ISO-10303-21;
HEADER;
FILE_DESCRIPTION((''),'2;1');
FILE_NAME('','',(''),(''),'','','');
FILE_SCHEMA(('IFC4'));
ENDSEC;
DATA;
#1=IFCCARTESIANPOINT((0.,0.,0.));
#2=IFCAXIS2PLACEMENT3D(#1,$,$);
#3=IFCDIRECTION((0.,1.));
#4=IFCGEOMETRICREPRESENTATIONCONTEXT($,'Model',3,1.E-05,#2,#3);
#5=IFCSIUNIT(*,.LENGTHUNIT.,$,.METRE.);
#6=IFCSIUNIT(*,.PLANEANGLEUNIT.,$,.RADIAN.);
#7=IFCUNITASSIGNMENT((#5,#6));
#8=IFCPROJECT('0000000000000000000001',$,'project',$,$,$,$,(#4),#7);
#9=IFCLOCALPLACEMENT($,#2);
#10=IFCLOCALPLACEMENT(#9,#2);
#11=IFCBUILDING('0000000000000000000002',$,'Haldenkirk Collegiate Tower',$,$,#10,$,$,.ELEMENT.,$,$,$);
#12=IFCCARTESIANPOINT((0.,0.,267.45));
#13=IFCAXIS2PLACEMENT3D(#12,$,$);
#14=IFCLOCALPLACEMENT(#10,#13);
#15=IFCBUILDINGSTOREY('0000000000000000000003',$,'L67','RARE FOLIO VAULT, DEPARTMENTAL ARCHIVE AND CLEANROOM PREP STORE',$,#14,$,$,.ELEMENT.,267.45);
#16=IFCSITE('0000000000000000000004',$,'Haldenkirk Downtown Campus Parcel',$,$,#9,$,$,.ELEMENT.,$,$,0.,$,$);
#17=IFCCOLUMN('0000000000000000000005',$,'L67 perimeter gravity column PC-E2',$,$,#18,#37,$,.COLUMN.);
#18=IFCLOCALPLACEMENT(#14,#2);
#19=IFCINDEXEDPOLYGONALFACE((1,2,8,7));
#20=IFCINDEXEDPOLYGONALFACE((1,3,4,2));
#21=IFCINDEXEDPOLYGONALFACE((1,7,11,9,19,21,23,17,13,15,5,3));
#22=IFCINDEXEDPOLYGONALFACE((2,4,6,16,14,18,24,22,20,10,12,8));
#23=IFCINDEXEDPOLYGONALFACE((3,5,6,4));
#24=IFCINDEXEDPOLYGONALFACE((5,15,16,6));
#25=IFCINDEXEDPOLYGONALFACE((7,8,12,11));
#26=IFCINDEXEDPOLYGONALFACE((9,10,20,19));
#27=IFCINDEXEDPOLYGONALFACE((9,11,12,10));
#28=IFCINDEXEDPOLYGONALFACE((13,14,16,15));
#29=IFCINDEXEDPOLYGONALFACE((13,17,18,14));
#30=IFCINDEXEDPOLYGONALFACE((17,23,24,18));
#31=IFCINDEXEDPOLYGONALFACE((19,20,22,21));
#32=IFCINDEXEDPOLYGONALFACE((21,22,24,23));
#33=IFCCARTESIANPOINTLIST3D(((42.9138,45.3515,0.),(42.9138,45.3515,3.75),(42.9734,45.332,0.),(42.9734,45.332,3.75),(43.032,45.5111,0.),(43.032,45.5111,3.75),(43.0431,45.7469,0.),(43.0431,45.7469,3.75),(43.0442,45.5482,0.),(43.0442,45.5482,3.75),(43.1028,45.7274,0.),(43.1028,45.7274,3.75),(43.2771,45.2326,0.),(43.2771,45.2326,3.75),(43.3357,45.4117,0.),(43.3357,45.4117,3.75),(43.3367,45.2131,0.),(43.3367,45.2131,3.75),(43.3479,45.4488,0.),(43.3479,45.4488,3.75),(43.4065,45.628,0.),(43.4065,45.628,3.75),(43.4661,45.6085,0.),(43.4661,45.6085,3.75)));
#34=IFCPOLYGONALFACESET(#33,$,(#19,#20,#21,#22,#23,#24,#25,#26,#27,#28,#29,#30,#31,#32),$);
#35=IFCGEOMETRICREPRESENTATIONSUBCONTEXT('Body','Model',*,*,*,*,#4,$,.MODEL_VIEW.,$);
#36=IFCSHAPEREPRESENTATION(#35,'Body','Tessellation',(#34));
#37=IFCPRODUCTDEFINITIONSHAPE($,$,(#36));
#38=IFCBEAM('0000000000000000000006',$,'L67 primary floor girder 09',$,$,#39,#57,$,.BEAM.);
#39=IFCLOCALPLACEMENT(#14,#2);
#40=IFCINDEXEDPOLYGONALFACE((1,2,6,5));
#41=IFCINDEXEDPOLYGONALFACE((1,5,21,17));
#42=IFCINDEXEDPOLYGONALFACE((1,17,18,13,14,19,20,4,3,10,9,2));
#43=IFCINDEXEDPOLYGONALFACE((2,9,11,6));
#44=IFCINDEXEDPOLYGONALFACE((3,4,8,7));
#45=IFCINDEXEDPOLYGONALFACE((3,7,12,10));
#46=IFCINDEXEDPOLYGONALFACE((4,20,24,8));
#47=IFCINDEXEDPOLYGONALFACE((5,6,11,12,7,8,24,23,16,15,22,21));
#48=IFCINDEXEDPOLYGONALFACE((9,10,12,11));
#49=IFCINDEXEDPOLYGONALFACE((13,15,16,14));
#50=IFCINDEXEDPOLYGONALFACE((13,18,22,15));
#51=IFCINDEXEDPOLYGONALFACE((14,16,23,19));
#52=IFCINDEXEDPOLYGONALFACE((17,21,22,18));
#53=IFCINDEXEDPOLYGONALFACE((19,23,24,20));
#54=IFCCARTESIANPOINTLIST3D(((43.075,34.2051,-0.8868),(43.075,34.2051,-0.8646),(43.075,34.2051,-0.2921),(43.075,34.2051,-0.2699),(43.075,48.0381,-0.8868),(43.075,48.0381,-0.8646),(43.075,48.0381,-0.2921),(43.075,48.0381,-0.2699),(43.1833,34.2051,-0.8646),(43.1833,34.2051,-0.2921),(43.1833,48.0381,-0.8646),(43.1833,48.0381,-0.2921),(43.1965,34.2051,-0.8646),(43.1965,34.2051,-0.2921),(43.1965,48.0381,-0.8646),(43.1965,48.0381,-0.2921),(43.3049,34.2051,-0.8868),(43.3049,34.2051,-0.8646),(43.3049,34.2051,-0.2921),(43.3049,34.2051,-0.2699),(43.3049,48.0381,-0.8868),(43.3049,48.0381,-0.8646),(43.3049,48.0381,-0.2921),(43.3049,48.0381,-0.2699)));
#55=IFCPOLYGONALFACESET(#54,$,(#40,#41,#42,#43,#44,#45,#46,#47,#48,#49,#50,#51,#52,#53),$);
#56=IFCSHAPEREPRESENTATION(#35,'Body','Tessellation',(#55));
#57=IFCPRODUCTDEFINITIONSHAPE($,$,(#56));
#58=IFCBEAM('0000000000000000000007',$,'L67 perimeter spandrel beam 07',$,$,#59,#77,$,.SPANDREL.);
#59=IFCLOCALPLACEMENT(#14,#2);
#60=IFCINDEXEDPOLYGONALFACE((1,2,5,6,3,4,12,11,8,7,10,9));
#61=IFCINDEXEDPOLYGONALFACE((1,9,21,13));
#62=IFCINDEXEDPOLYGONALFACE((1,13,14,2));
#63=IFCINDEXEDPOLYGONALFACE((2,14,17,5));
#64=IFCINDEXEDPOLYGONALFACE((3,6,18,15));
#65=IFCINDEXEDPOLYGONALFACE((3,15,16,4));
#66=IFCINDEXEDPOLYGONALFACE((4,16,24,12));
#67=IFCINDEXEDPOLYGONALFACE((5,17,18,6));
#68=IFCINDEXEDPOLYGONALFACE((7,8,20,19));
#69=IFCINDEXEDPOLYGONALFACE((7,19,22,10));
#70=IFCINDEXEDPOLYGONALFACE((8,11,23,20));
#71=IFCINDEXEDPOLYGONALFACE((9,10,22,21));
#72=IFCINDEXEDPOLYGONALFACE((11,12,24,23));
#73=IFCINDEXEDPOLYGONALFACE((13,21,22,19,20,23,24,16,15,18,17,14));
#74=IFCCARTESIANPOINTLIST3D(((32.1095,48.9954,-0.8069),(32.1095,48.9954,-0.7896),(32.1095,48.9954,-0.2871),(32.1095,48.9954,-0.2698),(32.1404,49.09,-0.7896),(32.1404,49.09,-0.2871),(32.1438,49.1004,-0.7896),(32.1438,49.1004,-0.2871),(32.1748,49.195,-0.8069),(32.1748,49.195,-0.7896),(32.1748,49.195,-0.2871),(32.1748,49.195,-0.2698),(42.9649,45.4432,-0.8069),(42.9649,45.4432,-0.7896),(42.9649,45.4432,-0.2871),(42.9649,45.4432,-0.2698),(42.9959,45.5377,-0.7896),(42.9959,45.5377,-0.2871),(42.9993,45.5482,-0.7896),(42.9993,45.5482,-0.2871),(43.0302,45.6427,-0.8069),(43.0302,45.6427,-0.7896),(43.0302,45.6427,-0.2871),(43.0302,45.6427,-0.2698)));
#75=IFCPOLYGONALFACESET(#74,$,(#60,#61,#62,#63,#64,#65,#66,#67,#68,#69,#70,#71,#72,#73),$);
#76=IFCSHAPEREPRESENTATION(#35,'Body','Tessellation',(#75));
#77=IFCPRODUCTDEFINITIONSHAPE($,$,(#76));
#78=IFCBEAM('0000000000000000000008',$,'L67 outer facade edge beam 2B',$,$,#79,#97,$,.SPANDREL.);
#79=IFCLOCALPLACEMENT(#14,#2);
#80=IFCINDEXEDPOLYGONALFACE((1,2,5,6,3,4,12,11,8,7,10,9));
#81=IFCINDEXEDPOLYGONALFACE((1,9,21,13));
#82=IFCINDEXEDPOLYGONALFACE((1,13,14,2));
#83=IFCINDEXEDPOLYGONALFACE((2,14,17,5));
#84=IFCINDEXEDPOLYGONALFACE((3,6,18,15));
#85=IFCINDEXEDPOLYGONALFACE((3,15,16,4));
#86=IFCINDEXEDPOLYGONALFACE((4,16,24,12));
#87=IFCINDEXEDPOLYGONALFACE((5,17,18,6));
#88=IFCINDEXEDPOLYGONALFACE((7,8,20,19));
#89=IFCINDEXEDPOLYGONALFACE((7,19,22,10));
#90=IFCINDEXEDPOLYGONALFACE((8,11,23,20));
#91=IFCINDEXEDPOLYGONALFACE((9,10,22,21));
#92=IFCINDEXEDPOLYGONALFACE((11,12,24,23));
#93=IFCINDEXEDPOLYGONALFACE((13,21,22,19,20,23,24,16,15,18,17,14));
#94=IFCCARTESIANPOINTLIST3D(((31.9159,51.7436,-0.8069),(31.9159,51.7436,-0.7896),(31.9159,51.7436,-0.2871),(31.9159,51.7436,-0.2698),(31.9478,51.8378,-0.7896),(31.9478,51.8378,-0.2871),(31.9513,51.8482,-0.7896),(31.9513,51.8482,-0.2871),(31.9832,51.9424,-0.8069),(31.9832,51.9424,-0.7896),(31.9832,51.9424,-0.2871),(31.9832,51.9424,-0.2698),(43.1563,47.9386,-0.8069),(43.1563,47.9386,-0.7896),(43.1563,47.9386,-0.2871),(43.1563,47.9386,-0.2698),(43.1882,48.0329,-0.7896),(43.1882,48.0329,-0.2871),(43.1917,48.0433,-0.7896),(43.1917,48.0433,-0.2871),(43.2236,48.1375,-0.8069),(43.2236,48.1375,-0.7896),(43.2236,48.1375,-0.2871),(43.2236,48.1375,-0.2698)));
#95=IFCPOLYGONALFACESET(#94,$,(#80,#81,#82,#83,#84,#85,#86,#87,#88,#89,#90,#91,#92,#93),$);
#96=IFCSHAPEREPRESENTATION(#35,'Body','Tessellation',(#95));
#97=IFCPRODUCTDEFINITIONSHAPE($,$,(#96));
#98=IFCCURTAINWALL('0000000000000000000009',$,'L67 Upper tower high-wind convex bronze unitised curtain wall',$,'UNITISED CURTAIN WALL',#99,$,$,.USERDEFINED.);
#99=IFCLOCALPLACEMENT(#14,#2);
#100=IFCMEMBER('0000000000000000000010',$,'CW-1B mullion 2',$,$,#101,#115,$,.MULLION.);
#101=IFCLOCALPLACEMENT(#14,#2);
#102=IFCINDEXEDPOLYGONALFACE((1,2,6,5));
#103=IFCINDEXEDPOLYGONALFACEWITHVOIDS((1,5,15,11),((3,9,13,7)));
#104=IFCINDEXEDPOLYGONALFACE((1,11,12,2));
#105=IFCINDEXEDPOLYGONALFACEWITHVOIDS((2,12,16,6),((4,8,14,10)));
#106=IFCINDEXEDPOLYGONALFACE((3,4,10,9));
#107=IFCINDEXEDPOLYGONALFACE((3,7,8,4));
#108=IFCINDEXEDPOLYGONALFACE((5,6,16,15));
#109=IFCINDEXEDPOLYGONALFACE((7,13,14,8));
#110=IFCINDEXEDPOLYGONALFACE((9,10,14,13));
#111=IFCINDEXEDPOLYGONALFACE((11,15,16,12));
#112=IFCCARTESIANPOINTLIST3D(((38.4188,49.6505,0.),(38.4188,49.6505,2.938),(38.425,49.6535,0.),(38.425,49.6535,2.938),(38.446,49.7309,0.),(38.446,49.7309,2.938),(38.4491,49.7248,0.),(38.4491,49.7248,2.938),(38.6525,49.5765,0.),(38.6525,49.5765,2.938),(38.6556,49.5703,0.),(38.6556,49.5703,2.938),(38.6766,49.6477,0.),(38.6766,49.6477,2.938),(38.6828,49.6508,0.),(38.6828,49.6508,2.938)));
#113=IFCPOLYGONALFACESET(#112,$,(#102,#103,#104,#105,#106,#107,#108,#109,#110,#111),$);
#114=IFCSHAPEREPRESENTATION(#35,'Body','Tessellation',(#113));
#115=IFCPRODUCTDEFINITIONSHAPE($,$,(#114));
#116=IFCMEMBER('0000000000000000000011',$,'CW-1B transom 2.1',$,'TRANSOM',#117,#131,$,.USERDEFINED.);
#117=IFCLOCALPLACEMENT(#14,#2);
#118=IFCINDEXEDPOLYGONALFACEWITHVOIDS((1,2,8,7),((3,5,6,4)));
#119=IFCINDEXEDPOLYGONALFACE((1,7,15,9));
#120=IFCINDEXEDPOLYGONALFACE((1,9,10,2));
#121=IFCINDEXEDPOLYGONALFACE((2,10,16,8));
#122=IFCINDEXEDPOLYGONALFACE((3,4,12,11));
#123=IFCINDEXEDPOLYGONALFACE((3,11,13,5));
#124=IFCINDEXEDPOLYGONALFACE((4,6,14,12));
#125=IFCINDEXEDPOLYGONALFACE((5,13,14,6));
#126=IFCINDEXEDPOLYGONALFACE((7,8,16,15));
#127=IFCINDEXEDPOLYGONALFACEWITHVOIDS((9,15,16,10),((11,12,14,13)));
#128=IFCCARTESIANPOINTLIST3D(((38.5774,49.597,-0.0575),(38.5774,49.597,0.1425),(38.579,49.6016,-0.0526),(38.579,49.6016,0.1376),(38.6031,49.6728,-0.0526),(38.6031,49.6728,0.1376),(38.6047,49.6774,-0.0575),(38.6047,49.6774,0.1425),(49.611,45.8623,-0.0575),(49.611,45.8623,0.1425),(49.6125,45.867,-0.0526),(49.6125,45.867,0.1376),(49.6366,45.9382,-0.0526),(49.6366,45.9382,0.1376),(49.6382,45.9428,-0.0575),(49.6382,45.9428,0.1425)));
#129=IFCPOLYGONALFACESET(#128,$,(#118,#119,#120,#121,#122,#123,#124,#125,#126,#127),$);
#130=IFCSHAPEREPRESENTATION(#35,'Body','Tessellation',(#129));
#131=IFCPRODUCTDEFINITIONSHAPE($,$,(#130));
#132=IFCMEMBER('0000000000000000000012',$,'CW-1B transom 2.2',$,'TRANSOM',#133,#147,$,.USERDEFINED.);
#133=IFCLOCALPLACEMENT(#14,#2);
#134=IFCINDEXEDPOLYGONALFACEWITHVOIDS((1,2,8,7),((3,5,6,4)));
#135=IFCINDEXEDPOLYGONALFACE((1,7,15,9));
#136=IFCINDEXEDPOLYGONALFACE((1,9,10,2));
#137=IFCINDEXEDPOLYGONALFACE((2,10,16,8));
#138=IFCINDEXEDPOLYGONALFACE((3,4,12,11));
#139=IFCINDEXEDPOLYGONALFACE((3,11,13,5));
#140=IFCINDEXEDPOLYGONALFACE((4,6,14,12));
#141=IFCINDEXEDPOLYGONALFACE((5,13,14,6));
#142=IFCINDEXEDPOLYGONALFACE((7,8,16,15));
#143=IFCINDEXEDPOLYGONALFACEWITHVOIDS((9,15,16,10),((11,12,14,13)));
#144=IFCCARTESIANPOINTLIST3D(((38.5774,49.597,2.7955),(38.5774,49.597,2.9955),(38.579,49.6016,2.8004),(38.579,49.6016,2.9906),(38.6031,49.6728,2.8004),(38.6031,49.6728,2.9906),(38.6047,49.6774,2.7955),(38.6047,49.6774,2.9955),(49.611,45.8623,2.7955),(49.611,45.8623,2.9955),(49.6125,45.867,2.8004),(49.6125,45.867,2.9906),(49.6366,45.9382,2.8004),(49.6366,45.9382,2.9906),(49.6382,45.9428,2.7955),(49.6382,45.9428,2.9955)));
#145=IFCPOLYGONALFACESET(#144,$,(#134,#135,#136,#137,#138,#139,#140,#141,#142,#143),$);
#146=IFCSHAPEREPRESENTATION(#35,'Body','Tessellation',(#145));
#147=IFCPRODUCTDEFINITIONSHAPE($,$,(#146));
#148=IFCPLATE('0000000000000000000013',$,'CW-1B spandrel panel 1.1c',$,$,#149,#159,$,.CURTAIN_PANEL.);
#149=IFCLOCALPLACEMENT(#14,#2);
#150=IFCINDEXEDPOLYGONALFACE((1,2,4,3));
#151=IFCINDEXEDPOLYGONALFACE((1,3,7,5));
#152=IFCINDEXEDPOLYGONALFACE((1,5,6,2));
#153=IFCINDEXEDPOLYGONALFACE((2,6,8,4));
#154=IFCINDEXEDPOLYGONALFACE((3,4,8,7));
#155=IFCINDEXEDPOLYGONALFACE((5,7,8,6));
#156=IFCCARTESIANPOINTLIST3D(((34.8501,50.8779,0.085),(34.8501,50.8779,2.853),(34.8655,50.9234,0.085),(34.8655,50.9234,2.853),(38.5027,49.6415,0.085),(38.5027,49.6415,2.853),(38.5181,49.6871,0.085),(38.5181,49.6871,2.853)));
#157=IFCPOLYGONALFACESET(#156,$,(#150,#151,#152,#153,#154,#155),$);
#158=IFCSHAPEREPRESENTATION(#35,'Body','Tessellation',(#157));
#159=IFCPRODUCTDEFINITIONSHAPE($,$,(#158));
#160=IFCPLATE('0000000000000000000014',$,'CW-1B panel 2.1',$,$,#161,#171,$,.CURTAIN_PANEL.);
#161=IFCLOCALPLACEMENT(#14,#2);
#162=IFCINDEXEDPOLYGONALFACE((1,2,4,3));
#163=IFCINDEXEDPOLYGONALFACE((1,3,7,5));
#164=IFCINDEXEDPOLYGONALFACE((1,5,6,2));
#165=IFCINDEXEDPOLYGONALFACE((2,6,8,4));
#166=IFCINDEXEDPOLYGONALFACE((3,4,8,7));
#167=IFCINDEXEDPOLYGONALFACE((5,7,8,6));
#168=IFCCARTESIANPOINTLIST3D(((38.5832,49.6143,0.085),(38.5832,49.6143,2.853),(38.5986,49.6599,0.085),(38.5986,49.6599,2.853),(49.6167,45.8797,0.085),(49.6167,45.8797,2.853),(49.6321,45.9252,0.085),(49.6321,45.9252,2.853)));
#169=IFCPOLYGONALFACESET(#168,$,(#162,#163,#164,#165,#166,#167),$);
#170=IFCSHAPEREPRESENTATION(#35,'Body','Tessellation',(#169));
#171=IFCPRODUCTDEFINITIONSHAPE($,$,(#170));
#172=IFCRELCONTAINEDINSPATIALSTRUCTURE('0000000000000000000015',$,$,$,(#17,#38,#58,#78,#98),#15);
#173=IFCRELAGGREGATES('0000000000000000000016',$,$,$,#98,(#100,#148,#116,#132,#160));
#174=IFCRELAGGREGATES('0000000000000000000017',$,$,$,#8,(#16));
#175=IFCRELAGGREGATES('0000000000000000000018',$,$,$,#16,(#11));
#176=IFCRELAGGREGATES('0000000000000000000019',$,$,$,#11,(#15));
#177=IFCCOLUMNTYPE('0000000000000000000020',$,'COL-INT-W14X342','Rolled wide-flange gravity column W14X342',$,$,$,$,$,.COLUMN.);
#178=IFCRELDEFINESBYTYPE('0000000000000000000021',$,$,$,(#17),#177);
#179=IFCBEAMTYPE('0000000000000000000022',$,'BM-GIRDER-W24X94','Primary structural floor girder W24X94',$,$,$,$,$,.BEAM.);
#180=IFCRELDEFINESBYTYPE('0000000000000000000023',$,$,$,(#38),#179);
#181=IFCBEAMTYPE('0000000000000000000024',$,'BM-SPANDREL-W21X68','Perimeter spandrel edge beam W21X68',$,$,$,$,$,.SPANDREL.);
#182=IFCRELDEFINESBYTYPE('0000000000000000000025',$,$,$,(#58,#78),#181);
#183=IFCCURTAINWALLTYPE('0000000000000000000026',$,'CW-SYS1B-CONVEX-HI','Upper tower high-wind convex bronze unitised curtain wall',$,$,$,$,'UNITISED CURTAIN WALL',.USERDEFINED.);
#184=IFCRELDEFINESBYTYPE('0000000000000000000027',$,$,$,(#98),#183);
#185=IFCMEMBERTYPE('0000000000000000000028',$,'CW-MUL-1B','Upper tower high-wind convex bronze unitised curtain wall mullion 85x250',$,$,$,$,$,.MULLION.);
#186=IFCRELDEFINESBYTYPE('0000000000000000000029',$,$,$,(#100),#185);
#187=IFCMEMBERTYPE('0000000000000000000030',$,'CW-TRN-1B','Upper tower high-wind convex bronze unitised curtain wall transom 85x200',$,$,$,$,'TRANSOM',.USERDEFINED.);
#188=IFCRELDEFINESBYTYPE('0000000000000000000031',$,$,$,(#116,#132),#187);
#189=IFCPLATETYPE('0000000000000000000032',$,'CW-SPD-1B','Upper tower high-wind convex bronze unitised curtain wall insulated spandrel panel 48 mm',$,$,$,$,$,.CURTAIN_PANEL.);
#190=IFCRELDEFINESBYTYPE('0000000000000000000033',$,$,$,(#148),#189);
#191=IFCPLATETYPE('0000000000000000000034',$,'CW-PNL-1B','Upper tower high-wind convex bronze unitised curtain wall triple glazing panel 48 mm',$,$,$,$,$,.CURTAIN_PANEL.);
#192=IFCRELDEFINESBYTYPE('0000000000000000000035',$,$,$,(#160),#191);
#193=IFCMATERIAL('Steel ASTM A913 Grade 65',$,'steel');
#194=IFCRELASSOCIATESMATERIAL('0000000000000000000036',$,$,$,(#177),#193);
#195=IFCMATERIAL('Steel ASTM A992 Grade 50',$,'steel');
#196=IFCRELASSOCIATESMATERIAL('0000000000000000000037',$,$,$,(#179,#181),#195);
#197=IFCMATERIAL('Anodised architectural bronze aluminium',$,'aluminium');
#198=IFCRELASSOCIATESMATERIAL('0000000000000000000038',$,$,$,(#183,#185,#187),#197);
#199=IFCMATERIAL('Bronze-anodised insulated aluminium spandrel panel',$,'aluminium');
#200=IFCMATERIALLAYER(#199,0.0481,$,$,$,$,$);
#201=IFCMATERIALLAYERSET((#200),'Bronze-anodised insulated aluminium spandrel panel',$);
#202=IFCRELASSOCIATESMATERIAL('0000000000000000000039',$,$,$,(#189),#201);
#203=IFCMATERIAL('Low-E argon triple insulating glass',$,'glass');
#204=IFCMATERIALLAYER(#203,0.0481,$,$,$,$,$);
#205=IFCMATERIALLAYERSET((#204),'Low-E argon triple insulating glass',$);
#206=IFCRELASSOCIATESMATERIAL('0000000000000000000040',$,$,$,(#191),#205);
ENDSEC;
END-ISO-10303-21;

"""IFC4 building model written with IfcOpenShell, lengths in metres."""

from ifc_helpers import new_model, si_unit, direction, frame, origin, origin_2d, place, context, subcontext, project, spatial, rectangle, hollow_rectangle, i_section, extrude, source, transform, mapped, material, layer, layer_set, material_profile, profile_set, type_object, element, aggregate, save


model = new_model("IFC4")

# Units and contexts
model_context = context("Model", 3, precision=1e-05, world=origin(), true_north=direction((0.0, 1.0)))
body_context = subcontext(model_context, "Body", "Model", "MODEL_VIEW")
ifc_project = project(units=[si_unit("LENGTHUNIT", "METRE"), si_unit("PLANEANGLEUNIT", "RADIAN")], contexts=[model_context])

# Site, building, storey
site_placement = place(None, origin())
site = spatial("IfcSite", under=ifc_project, at=site_placement, Name="Haldenkirk Downtown Campus Parcel", CompositionType="ELEMENT", RefElevation=0.0)
building_placement = place(site_placement, origin())
building = spatial("IfcBuilding", under=site, at=building_placement, Name="Haldenkirk Collegiate Tower", CompositionType="ELEMENT")
storey_placement = place(building_placement, frame((0.0, 0.0, 267.45)))
storey = spatial("IfcBuildingStorey", under=building, at=storey_placement, Name="L67", Description="RARE FOLIO VAULT, DEPARTMENTAL ARCHIVE AND CLEANROOM PREP STORE", CompositionType="ELEMENT", Elevation=267.45)

# Column
ifc_material_1 = material(Name="Steel ASTM A913 Grade 65", Category="steel")
ifc_material_profile_1 = material_profile(ifc_material_1, i_section(OverallWidth=0.416, OverallDepth=0.4451, WebThickness=0.0391, FlangeThickness=0.0627, at=origin_2d()), Name="W14X342")
ifc_profile_set_1 = profile_set([ifc_material_profile_1], Name="Steel ASTM A913 Grade 65")
column_type = type_object("IfcColumnType", Name="COL-INT-W14X342", Description="Rolled wide-flange gravity column W14X342", PredefinedType="COLUMN", material=ifc_profile_set_1)
column_placement = place(storey_placement, frame((43.1899, 45.48, 0.0), z_axis=(0.0, 0.0, 1.0), x_axis=(0.311008, 0.950407, 0.0)))
element("IfcColumn", 1, at=column_placement, inside=storey, type_object=column_type, Name="L67 perimeter gravity column PC-E2", PredefinedType="COLUMN", context=body_context, shape_type="SweptSolid", body=[
    extrude(i_section(OverallWidth=0.416, OverallDepth=0.4451, WebThickness=0.0391, FlangeThickness=0.0627, at=origin_2d()), origin(), (0.0, 0.0, 1.0), 3.75),
])

# Beams
ifc_material_2 = material(Name="Steel ASTM A992 Grade 50", Category="steel")
ifc_material_profile_2 = material_profile(ifc_material_2, i_section(OverallWidth=0.23, OverallDepth=0.6169, WebThickness=0.0132, FlangeThickness=0.0222, at=origin_2d()), Name="W24X94")
ifc_profile_set_2 = profile_set([ifc_material_profile_2], Name="Steel ASTM A992 Grade 50")
beam_type_1 = type_object("IfcBeamType", Name="BM-GIRDER-W24X94", Description="Primary structural floor girder W24X94", PredefinedType="BEAM", material=ifc_profile_set_2)
beam_1_placement = place(storey_placement, frame((43.1899, 48.0381, -0.5784), z_axis=(0.0, -1.0, 0.0), x_axis=(1.0, 0.0, 0.0)))
element("IfcBeam", 2, at=beam_1_placement, inside=storey, type_object=beam_type_1, Name="L67 primary floor girder 09", PredefinedType="BEAM", context=body_context, shape_type="SweptSolid", body=[
    extrude(i_section(OverallWidth=0.23, OverallDepth=0.6169, WebThickness=0.0132, FlangeThickness=0.0222, at=origin_2d()), origin(), (0.0, 0.0, 1.0), 13.833),
])
ifc_material_profile_3 = material_profile(ifc_material_2, i_section(OverallWidth=0.21, OverallDepth=0.5371, WebThickness=0.011, FlangeThickness=0.0173, at=origin_2d()), Name="W21X68")
ifc_profile_set_3 = profile_set([ifc_material_profile_3], Name="Steel ASTM A992 Grade 50")
beam_type_2 = type_object("IfcBeamType", Name="BM-SPANDREL-W21X68", Description="Perimeter spandrel edge beam W21X68", PredefinedType="SPANDREL", material=ifc_profile_set_3)
beam_2_placement = place(storey_placement, frame((42.9976, 45.543, -0.5383), z_axis=(-0.950409, 0.311003, 0.0), x_axis=(-0.311003, -0.950409, 0.0)))
element("IfcBeam", 3, at=beam_2_placement, inside=storey, type_object=beam_type_2, Name="L67 perimeter spandrel beam 07", PredefinedType="SPANDREL", context=body_context, shape_type="SweptSolid", body=[
    extrude(i_section(OverallWidth=0.21, OverallDepth=0.5371, WebThickness=0.011, FlangeThickness=0.0173, at=origin_2d()), origin(), (0.0, 0.0, 1.0), 11.4219),
])
beam_3_placement = place(storey_placement, frame((43.1899, 48.0381, -0.5383), z_axis=(-0.947204, 0.320631, 0.0), x_axis=(-0.320631, -0.947204, 0.0)))
element("IfcBeam", 4, at=beam_3_placement, inside=storey, type_object=beam_type_2, Name="L67 outer facade edge beam 2B", PredefinedType="SPANDREL", context=body_context, shape_type="SweptSolid", body=[
    extrude(i_section(OverallWidth=0.21, OverallDepth=0.5371, WebThickness=0.011, FlangeThickness=0.0173, at=origin_2d()), origin(), (0.0, 0.0, 1.0), 11.8669),
])

# Curtain wall, members, plates
ifc_material_3 = material(Name="Anodised architectural bronze aluminium", Category="aluminium")
curtain_wall_type = type_object("IfcCurtainWallType", Name="CW-SYS1B-CONVEX-HI", Description="Upper tower high-wind convex bronze unitised curtain wall", ElementType="UNITISED CURTAIN WALL", PredefinedType="USERDEFINED", material=ifc_material_3)
curtain_wall_placement = place(storey_placement, origin())
curtain_wall = element("IfcCurtainWall", 5, at=curtain_wall_placement, inside=storey, type_object=curtain_wall_type, Name="L67 Upper tower high-wind convex bronze unitised curtain wall", ObjectType="UNITISED CURTAIN WALL", PredefinedType="USERDEFINED")
ifc_material_profile_4 = material_profile(ifc_material_3, hollow_rectangle(XDim=0.085, YDim=0.25, WallThickness=0.0049, at=origin_2d()), Name="CW-MUL-1B")
ifc_profile_set_4 = profile_set([ifc_material_profile_4], Name="Anodised architectural bronze aluminium")
member_type_1 = type_object("IfcMemberType", Name="CW-MUL-1B", Description="Upper tower high-wind convex bronze unitised curtain wall mullion 85x250", PredefinedType="MULLION", material=ifc_profile_set_4)
member_1_placement = place(storey_placement, frame((38.5508, 49.6506, 0.0), z_axis=(0.0, 0.0, 1.0), x_axis=(0.320614, 0.94721, 0.0)))
member_1 = element("IfcMember", 6, at=member_1_placement, type_object=member_type_1, Name="CW-1B mullion 2", PredefinedType="MULLION", context=body_context, shape_type="SweptSolid", body=[
    extrude(hollow_rectangle(XDim=0.085, YDim=0.25, WallThickness=0.0049, at=origin_2d()), origin(), (0.0, 0.0, 1.0), 2.938),
])
ifc_material_profile_5 = material_profile(ifc_material_3, hollow_rectangle(XDim=0.085, YDim=0.2, WallThickness=0.0049, at=origin_2d()), Name="CW-TRN-1B")
ifc_profile_set_5 = profile_set([ifc_material_profile_5], Name="Anodised architectural bronze aluminium")
member_type_2 = type_object("IfcMemberType", Name="CW-TRN-1B", Description="Upper tower high-wind convex bronze unitised curtain wall transom 85x200", ElementType="TRANSOM", PredefinedType="USERDEFINED", material=ifc_profile_set_5)
member_2_placement = place(storey_placement, frame((38.5911, 49.6372, 0.0425), z_axis=(0.94721, -0.320613, 0.0), x_axis=(0.320613, 0.94721, 0.0)))
member_2 = element("IfcMember", 7, at=member_2_placement, type_object=member_type_2, Name="CW-1B transom 2.1", ObjectType="TRANSOM", PredefinedType="USERDEFINED", context=body_context, shape_type="SweptSolid", body=[
    extrude(hollow_rectangle(XDim=0.085, YDim=0.2, WallThickness=0.0049, at=origin_2d()), origin(), (0.0, 0.0, 1.0), 11.6484),
])
member_3_placement = place(storey_placement, frame((38.5911, 49.6372, 2.8955), z_axis=(0.94721, -0.320613, 0.0), x_axis=(0.320613, 0.94721, 0.0)))
member_3 = element("IfcMember", 8, at=member_3_placement, type_object=member_type_2, Name="CW-1B transom 2.2", ObjectType="TRANSOM", PredefinedType="USERDEFINED", context=body_context, shape_type="SweptSolid", body=[
    extrude(hollow_rectangle(XDim=0.085, YDim=0.2, WallThickness=0.0049, at=origin_2d()), origin(), (0.0, 0.0, 1.0), 11.6484),
])
ifc_material_4 = material(Name="Bronze-anodised insulated aluminium spandrel panel", Category="aluminium")
ifc_layer_1 = layer(ifc_material_4, 0.0481)
ifc_layer_set_1 = layer_set([ifc_layer_1], Name="Bronze-anodised insulated aluminium spandrel panel")
plate_type_1 = type_object("IfcPlateType", Name="CW-SPD-1B", Description="Upper tower high-wind convex bronze unitised curtain wall insulated spandrel panel 48 mm", PredefinedType="CURTAIN_PANEL", material=ifc_layer_set_1)
shared_shape_1 = source(origin(), body_context, "Body", "SweptSolid", [
    extrude(rectangle(XDim=3.8562, YDim=0.0481, at=origin_2d()), origin(), (0.0, 0.0, 1.0), 2.7681),
])
plate_1_placement = place(storey_placement, frame((36.6841, 50.2825, 0.085), z_axis=(0.0, 0.0, 1.0), x_axis=(0.94721, -0.320614, 0.0)))
plate_1 = element("IfcPlate", 9, at=plate_1_placement, type_object=plate_type_1, Name="CW-1B spandrel panel 1.1c", PredefinedType="CURTAIN_PANEL", context=body_context, shape_type="MappedRepresentation", body=[
    mapped(shared_shape_1, transform((0.0, 0.0, 0.0), x_axis=(1.0, 0.0, 0.0), y_axis=(0.0, 1.0, 0.0), z_axis=(0.0, 0.0, 1.0), scale=1.0)),
])
ifc_material_5 = material(Name="Low-E argon triple insulating glass", Category="glass")
ifc_layer_2 = layer(ifc_material_5, 0.0481)
ifc_layer_set_2 = layer_set([ifc_layer_2], Name="Low-E argon triple insulating glass")
plate_type_2 = type_object("IfcPlateType", Name="CW-PNL-1B", Description="Upper tower high-wind convex bronze unitised curtain wall triple glazing panel 48 mm", PredefinedType="CURTAIN_PANEL", material=ifc_layer_set_2)
shared_shape_2 = source(origin(), body_context, "Body", "SweptSolid", [
    extrude(rectangle(XDim=11.6484, YDim=0.0481, at=origin_2d()), origin(), (0.0, 0.0, 1.0), 2.7681),
])
plate_2_placement = place(storey_placement, frame((44.1077, 47.7698, 0.085), z_axis=(0.0, 0.0, 1.0), x_axis=(0.94721, -0.320614, 0.0)))
plate_2 = element("IfcPlate", 10, at=plate_2_placement, type_object=plate_type_2, Name="CW-1B panel 2.1", PredefinedType="CURTAIN_PANEL", context=body_context, shape_type="MappedRepresentation", body=[
    mapped(shared_shape_2, transform((0.0, 0.0, 0.0), x_axis=(1.0, 0.0, 0.0), y_axis=(0.0, 1.0, 0.0), z_axis=(0.0, 0.0, 1.0), scale=1.0)),
])
aggregate(curtain_wall, [member_1, plate_1, member_2, member_3, plate_2])

save(model, "model.ifc")
